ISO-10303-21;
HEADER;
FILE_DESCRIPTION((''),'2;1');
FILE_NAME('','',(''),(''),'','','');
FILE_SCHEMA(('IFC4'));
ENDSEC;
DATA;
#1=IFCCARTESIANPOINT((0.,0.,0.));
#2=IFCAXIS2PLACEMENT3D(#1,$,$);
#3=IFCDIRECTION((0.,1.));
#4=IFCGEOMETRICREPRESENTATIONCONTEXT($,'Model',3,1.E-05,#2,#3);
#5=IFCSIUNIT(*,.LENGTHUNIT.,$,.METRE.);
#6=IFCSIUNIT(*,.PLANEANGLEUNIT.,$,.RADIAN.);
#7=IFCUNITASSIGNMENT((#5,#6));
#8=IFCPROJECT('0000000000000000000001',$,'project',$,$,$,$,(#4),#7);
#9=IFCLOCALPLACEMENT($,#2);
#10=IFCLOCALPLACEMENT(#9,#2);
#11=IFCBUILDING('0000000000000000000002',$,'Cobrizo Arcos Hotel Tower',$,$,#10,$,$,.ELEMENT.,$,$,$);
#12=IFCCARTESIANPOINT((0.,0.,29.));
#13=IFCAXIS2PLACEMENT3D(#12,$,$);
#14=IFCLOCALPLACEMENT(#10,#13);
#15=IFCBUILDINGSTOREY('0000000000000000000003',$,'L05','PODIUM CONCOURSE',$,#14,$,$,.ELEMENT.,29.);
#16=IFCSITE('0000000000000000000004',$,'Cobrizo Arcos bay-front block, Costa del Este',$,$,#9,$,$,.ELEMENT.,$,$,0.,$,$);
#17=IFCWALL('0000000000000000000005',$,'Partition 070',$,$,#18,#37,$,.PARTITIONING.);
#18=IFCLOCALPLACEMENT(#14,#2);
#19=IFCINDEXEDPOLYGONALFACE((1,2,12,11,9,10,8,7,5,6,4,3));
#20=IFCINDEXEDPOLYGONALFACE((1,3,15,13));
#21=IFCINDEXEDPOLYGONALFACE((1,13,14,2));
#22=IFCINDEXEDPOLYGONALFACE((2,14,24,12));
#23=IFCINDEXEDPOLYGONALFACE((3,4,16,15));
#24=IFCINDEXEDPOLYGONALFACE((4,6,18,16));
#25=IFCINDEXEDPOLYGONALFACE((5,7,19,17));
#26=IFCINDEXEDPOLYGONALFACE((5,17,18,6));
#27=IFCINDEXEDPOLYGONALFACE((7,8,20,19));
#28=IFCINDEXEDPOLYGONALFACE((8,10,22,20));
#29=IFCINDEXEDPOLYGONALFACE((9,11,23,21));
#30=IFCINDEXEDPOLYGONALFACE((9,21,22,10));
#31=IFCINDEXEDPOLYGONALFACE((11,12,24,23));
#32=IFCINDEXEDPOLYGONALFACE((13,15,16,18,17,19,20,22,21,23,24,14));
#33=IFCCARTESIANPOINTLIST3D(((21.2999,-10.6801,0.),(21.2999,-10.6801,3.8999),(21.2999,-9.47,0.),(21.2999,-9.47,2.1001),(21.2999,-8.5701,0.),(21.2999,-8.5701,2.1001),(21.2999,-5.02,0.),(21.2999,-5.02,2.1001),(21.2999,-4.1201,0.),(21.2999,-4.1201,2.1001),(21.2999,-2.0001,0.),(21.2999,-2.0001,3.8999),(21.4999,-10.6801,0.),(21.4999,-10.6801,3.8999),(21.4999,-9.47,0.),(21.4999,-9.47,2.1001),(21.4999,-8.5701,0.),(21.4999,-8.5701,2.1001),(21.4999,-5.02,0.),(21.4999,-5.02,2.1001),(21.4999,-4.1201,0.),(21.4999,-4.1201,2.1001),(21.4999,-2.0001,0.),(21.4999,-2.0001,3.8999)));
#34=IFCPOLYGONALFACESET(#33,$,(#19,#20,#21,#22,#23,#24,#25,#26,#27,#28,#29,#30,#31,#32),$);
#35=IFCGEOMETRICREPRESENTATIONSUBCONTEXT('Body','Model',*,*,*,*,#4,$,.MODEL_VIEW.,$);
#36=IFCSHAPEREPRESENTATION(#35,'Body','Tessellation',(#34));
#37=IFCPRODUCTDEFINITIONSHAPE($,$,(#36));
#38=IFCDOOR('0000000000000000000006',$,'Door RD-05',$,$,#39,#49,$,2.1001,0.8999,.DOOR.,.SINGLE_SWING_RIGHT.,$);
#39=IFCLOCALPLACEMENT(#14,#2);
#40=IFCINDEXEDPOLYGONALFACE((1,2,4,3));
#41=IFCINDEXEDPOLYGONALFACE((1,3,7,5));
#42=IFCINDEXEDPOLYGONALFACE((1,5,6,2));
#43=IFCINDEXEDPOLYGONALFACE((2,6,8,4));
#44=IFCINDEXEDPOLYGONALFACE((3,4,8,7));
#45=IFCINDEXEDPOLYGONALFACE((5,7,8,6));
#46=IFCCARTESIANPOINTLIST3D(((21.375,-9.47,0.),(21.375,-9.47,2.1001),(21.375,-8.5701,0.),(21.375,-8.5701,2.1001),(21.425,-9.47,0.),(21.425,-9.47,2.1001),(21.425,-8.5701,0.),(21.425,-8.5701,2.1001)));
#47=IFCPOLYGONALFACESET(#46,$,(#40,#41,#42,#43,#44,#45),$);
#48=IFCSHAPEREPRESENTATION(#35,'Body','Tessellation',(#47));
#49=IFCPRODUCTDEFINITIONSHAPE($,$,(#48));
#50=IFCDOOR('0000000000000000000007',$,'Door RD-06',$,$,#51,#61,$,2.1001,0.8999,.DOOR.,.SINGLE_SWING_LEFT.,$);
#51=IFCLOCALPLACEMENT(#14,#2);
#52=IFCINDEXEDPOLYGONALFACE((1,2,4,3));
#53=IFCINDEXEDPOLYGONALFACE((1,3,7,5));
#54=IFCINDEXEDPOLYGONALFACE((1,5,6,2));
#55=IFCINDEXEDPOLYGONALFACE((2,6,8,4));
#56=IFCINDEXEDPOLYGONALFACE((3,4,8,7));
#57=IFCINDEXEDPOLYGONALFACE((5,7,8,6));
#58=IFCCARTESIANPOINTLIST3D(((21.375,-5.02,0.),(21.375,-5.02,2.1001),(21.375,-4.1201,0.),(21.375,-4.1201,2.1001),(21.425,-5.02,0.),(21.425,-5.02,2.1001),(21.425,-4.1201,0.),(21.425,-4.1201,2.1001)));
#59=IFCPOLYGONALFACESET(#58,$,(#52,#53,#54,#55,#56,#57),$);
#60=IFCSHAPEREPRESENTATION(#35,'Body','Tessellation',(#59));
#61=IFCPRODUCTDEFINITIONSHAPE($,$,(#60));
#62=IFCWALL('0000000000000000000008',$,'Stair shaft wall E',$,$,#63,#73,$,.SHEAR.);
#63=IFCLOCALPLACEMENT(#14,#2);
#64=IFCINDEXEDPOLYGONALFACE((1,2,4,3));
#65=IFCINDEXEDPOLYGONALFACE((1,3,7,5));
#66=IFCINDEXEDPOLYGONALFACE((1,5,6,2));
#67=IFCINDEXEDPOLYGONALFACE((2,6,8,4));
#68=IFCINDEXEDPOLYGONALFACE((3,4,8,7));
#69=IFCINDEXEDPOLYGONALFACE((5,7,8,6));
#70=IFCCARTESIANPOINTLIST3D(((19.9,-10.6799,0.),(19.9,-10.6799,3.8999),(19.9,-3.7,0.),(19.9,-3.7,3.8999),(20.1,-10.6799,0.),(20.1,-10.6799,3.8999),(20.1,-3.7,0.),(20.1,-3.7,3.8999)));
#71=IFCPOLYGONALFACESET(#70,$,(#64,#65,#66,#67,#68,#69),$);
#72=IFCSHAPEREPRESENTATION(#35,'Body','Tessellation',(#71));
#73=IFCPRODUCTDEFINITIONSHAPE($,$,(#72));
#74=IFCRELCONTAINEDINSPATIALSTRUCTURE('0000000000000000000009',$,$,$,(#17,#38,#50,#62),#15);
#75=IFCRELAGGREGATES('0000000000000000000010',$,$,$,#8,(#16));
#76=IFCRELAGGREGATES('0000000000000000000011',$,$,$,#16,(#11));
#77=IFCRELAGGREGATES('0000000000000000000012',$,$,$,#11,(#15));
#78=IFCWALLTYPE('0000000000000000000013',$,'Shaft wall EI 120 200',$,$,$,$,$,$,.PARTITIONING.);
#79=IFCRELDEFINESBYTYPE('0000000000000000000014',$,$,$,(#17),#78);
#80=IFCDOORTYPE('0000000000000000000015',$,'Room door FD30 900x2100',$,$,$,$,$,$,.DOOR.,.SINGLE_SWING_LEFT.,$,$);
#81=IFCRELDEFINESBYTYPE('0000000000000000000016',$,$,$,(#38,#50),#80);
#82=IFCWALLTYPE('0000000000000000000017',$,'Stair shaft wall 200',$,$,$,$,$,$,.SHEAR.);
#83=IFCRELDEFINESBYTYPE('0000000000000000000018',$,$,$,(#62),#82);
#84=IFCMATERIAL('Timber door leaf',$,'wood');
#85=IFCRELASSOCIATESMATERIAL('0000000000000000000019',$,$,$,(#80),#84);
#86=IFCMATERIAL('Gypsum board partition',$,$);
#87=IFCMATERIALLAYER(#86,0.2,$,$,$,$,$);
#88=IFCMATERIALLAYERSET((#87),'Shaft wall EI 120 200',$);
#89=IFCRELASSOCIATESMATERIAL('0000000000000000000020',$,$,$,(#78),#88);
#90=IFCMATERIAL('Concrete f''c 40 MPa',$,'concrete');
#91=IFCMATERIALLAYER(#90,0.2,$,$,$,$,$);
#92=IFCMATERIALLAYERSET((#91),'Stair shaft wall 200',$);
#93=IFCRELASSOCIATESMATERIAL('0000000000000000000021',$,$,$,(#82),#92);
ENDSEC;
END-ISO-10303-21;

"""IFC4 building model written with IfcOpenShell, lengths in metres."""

from ifc_helpers import new_model, si_unit, direction, frame, frame_2d, origin, place, context, subcontext, project, spatial, rectangle, extrude, material, layer, layer_set, type_object, element, fill, save


model = new_model("IFC4")

# Units and contexts
model_context = context("Model", 3, precision=1e-05, world=origin(), true_north=direction((0.0, 1.0)))
body_context = subcontext(model_context, "Body", "Model", "MODEL_VIEW")
ifc_project = project(units=[si_unit("LENGTHUNIT", "METRE"), si_unit("PLANEANGLEUNIT", "RADIAN")], contexts=[model_context])

# Site, building, storey
site_placement = place(None, origin())
site = spatial("IfcSite", under=ifc_project, at=site_placement, Name="Cobrizo Arcos bay-front block, Costa del Este", CompositionType="ELEMENT", RefElevation=0.0)
building_placement = place(site_placement, origin())
building = spatial("IfcBuilding", under=site, at=building_placement, Name="Cobrizo Arcos Hotel Tower", CompositionType="ELEMENT")
storey_placement = place(building_placement, frame((0.0, 0.0, 29.0)))
storey = spatial("IfcBuildingStorey", under=building, at=storey_placement, Name="L05", Description="PODIUM CONCOURSE", CompositionType="ELEMENT", Elevation=29.0)

# Shared definitions
ifc_material_1 = material(Name="Gypsum board partition")
ifc_material_2 = material(Name="Timber door leaf", Category="wood")
door_type = type_object("IfcDoorType", Name="Room door FD30 900x2100", OperationType="SINGLE_SWING_LEFT", PredefinedType="DOOR", material=ifc_material_2)

# Wall, openings, doors
ifc_layer_1 = layer(ifc_material_1, 0.2)
ifc_layer_set_1 = layer_set([ifc_layer_1], Name="Shaft wall EI 120 200")
wall_type_1 = type_object("IfcWallType", Name="Shaft wall EI 120 200", PredefinedType="PARTITIONING", material=ifc_layer_set_1)
wall_1_placement = place(storey_placement, frame((21.3999, -10.6799, 0.0), z_axis=(0.0, 0.0, 1.0), x_axis=(0.0, 1.0, 0.0)))
wall_1 = element("IfcWall", 1, at=wall_1_placement, inside=storey, type_object=wall_type_1, Name="Partition 070", PredefinedType="PARTITIONING", context=body_context, shape_type="SweptSolid", body=[
    extrude(rectangle(XDim=8.6799, YDim=0.2, at=frame_2d((4.3398, 0.0))), origin(), (0.0, 0.0, 1.0), 3.8999),
])
opening_1_placement = place(wall_1_placement, frame((1.21, 0.0, 0.0)))
opening_1 = element("IfcOpeningElement", 2, at=opening_1_placement, cuts=wall_1, PredefinedType="OPENING", context=body_context, shape_type="SweptSolid", body=[
    extrude(rectangle(XDim=0.8999, YDim=2.1001, at=frame_2d((0.45, 1.05))), frame((0.0, 0.1121, 0.0), z_axis=(0.0, -1.0, 0.0), x_axis=(1.0, 0.0, 0.0)), (0.0, 0.0, 1.0), 0.2239),
])
opening_2_placement = place(wall_1_placement, frame((5.6599, 0.0, 0.0)))
opening_2 = element("IfcOpeningElement", 3, at=opening_2_placement, cuts=wall_1, PredefinedType="OPENING", context=body_context, shape_type="SweptSolid", body=[
    extrude(rectangle(XDim=0.8999, YDim=2.1001, at=frame_2d((0.45, 1.05))), frame((0.0, 0.1121, 0.0), z_axis=(0.0, -1.0, 0.0), x_axis=(1.0, 0.0, 0.0)), (0.0, 0.0, 1.0), 0.2239),
])
door_1_placement = place(opening_1_placement, origin())
door_1 = element("IfcDoor", 4, at=door_1_placement, inside=storey, type_object=door_type, Name="Door RD-05", OperationType="SINGLE_SWING_RIGHT", OverallHeight=2.1001, OverallWidth=0.8999, PredefinedType="DOOR", context=body_context, shape_type="SweptSolid", body=[
    extrude(rectangle(XDim=0.8999, YDim=2.1001, at=frame_2d((0.45, 1.05))), frame((0.0, 0.0249, 0.0), z_axis=(0.0, -1.0, 0.0), x_axis=(1.0, 0.0, 0.0)), (0.0, 0.0, 1.0), 0.05),
])
fill(opening_1, door_1)
door_2_placement = place(opening_2_placement, origin())
door_2 = element("IfcDoor", 5, at=door_2_placement, inside=storey, type_object=door_type, Name="Door RD-06", OperationType="SINGLE_SWING_LEFT", OverallHeight=2.1001, OverallWidth=0.8999, PredefinedType="DOOR", context=body_context, shape_type="SweptSolid", body=[
    extrude(rectangle(XDim=0.8999, YDim=2.1001, at=frame_2d((0.45, 1.05))), frame((0.0, 0.0249, 0.0), z_axis=(0.0, -1.0, 0.0), x_axis=(1.0, 0.0, 0.0)), (0.0, 0.0, 1.0), 0.05),
])
fill(opening_2, door_2)

# Wall
ifc_material_3 = material(Name="Concrete f'c 40 MPa", Category="concrete")
ifc_layer_2 = layer(ifc_material_3, 0.2)
ifc_layer_set_2 = layer_set([ifc_layer_2], Name="Stair shaft wall 200")
wall_type_2 = type_object("IfcWallType", Name="Stair shaft wall 200", PredefinedType="SHEAR", material=ifc_layer_set_2)
wall_2_placement = place(storey_placement, frame((20.0, -10.6799, 0.0), z_axis=(0.0, 0.0, 1.0), x_axis=(0.0, 1.0, 0.0)))
element("IfcWall", 6, at=wall_2_placement, inside=storey, type_object=wall_type_2, Name="Stair shaft wall E", PredefinedType="SHEAR", context=body_context, shape_type="SweptSolid", body=[
    extrude(rectangle(XDim=6.98, YDim=0.2, at=frame_2d((3.49, 0.0))), origin(), (0.0, 0.0, 1.0), 3.8999),
])

save(model, "model.ifc")
